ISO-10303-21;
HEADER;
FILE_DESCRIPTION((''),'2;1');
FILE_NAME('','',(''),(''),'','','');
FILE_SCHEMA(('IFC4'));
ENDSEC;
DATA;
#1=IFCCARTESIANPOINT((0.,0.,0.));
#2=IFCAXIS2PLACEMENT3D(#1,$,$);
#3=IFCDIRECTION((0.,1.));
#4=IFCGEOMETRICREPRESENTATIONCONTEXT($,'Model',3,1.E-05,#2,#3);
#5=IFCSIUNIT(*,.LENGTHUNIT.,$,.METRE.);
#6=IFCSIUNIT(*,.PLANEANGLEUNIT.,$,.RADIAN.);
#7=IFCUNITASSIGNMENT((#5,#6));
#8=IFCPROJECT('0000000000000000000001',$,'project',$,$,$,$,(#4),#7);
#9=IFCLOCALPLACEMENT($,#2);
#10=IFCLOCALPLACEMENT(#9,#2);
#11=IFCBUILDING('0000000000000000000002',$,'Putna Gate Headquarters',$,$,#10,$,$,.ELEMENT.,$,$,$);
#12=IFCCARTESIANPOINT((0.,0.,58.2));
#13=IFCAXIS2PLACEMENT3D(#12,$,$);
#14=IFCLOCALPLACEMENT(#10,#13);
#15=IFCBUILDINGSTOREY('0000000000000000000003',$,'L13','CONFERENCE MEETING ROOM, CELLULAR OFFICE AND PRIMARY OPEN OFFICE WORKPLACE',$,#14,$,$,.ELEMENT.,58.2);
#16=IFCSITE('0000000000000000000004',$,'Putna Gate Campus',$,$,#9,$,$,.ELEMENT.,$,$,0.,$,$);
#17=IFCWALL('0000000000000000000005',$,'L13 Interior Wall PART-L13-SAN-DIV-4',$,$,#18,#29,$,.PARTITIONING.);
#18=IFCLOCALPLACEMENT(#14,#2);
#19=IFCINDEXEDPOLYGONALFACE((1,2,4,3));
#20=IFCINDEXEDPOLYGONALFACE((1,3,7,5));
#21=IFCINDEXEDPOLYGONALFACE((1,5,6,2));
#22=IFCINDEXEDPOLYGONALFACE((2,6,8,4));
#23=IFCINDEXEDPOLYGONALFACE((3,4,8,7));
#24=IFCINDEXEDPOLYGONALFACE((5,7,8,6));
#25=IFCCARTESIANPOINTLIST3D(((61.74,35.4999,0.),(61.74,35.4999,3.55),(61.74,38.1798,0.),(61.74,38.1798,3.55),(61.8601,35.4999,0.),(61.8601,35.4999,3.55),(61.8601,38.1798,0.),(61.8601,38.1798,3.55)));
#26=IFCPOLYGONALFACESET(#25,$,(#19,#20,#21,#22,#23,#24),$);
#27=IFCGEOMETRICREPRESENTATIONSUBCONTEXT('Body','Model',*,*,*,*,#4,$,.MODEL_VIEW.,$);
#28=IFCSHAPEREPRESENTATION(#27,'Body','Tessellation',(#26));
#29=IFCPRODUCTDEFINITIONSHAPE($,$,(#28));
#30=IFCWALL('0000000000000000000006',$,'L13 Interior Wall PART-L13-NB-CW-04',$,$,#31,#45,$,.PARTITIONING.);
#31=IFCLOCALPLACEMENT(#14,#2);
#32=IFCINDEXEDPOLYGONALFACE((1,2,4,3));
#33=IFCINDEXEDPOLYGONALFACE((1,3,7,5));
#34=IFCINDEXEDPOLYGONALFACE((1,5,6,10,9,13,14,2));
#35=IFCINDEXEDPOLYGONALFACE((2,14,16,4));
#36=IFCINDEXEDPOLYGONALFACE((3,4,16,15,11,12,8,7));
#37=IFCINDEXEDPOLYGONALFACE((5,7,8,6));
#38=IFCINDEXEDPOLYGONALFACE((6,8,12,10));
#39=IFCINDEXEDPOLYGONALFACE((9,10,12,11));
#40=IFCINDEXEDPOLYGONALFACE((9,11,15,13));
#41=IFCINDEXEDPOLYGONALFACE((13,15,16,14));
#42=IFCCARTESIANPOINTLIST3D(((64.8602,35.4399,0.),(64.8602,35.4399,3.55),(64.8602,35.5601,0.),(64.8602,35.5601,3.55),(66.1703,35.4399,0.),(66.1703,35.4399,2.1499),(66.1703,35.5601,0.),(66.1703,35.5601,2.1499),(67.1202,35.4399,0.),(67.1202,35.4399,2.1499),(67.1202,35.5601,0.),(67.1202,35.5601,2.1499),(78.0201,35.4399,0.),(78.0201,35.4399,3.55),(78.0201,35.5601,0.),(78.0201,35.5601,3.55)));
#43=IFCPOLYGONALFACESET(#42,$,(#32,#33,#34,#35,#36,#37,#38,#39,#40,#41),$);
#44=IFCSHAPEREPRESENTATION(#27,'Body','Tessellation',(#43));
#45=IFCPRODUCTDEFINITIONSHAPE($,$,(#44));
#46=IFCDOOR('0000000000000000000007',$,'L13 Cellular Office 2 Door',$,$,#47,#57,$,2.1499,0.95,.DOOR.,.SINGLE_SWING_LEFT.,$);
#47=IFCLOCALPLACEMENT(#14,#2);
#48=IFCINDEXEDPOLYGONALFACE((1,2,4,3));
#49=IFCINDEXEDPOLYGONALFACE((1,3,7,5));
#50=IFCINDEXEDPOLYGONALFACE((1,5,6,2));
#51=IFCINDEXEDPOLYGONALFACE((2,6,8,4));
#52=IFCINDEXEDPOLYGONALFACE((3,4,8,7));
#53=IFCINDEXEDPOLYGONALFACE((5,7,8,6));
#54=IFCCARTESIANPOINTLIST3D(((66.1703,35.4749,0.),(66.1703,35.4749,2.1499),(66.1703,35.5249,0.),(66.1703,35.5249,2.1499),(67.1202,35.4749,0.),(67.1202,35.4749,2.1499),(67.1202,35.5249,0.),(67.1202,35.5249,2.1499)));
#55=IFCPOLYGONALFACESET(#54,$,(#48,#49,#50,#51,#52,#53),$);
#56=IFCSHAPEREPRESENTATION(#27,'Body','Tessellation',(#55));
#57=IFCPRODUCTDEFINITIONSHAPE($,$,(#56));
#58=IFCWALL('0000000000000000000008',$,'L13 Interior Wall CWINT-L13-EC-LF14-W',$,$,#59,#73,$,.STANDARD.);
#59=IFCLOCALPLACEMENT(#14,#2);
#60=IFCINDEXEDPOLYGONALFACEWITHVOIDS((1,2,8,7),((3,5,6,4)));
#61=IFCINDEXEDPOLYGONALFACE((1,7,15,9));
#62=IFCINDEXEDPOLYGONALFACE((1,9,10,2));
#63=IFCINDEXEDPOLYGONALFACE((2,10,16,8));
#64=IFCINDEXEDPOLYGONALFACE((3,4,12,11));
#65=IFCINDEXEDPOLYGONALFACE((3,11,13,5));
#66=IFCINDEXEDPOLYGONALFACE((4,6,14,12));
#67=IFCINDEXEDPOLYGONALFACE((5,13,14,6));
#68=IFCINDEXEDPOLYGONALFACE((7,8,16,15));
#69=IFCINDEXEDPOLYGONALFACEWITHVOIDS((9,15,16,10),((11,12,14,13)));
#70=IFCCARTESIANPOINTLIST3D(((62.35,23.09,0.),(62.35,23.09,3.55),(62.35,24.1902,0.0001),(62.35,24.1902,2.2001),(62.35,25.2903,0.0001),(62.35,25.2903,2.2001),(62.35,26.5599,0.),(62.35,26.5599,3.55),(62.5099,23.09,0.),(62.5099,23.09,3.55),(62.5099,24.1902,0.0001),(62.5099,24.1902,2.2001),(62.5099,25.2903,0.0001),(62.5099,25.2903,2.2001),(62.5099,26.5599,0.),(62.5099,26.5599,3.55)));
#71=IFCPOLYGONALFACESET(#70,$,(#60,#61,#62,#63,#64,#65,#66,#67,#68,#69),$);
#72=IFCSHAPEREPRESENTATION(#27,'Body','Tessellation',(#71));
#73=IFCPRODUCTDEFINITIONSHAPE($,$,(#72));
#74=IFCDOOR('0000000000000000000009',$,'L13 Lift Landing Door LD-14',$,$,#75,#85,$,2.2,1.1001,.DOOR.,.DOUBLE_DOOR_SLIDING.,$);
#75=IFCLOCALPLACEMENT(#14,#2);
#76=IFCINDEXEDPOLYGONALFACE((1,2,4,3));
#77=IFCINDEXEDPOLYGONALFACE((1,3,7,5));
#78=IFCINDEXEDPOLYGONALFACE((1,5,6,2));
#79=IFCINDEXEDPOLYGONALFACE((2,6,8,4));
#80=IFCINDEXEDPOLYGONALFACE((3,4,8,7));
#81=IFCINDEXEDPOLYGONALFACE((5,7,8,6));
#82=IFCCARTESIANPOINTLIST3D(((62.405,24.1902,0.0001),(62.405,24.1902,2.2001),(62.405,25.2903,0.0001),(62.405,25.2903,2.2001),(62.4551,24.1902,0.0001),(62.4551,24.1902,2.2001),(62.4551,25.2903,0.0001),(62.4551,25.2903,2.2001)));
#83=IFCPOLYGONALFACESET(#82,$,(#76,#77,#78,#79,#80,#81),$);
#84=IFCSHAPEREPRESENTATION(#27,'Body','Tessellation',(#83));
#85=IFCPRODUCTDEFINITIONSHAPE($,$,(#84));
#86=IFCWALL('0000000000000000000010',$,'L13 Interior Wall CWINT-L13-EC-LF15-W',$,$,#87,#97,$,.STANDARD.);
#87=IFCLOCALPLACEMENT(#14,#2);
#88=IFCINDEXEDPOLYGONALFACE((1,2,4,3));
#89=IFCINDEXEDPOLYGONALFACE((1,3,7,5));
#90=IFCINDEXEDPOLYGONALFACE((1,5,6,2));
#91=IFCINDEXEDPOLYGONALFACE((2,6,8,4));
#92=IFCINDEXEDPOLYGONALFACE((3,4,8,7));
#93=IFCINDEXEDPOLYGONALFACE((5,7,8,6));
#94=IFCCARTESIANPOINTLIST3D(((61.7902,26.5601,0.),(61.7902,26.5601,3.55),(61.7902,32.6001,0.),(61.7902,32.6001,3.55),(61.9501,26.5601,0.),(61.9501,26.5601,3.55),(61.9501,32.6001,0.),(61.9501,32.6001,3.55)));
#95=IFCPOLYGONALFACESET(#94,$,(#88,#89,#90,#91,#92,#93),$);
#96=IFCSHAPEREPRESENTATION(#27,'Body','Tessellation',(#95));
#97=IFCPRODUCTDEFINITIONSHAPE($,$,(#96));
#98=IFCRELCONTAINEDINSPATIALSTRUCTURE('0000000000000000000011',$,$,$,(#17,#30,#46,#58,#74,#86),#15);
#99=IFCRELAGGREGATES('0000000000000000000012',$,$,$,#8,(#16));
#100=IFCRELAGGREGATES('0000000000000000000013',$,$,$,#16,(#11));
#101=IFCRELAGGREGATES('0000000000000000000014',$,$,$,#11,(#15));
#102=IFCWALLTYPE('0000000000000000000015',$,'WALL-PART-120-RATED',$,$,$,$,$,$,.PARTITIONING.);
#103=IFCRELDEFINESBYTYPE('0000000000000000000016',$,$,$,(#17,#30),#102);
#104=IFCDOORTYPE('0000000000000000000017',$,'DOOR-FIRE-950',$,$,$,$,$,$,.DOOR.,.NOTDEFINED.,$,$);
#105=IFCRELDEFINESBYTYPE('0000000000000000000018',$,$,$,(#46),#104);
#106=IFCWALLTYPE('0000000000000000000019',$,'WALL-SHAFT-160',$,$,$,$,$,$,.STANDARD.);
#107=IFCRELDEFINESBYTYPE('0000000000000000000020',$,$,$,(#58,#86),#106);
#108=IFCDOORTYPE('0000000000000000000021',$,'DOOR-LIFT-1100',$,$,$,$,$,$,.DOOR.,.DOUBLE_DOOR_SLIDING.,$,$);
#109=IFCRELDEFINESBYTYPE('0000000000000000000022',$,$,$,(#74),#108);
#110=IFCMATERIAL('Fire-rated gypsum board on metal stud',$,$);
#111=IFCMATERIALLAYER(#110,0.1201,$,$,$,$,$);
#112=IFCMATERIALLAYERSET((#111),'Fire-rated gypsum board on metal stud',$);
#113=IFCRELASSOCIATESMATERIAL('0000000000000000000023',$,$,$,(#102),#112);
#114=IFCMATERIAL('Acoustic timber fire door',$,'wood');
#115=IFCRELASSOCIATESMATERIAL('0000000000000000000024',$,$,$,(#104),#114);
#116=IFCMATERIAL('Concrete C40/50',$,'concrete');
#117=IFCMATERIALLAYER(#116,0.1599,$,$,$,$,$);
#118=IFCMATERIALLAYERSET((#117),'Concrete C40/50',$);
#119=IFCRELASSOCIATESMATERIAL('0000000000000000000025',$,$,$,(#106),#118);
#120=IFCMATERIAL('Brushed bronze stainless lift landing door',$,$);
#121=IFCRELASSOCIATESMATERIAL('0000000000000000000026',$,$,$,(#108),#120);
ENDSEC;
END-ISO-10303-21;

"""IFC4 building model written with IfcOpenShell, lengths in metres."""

from ifc_helpers import new_model, si_unit, direction, frame, frame_2d, origin, place, context, subcontext, project, spatial, rectangle, extrude, material, layer, layer_set, type_object, element, fill, save


model = new_model("IFC4")

# Units and contexts
model_context = context("Model", 3, precision=1e-05, world=origin(), true_north=direction((0.0, 1.0)))
body_context = subcontext(model_context, "Body", "Model", "MODEL_VIEW")
ifc_project = project(units=[si_unit("LENGTHUNIT", "METRE"), si_unit("PLANEANGLEUNIT", "RADIAN")], contexts=[model_context])

# Site, building, storey
site_placement = place(None, origin())
site = spatial("IfcSite", under=ifc_project, at=site_placement, Name="Putna Gate Campus", CompositionType="ELEMENT", RefElevation=0.0)
building_placement = place(site_placement, origin())
building = spatial("IfcBuilding", under=site, at=building_placement, Name="Putna Gate Headquarters", CompositionType="ELEMENT")
storey_placement = place(building_placement, frame((0.0, 0.0, 58.2)))
storey = spatial("IfcBuildingStorey", under=building, at=storey_placement, Name="L13", Description="CONFERENCE MEETING ROOM, CELLULAR OFFICE AND PRIMARY OPEN OFFICE WORKPLACE", CompositionType="ELEMENT", Elevation=58.2)

# Wall
ifc_material_1 = material(Name="Fire-rated gypsum board on metal stud")
ifc_layer_1 = layer(ifc_material_1, 0.1201)
ifc_layer_set_1 = layer_set([ifc_layer_1], Name="Fire-rated gypsum board on metal stud")
wall_type_1 = type_object("IfcWallType", Name="WALL-PART-120-RATED", PredefinedType="PARTITIONING", material=ifc_layer_set_1)
for number, where, z_axis, x_axis, name in (
    (1, (61.8, 35.5, 0.0), (0.0, 0.0, 1.0), (0.0, 1.0, 0.0), "L13 Interior Wall PART-L13-SAN-DIV-4"),
):
    element("IfcWall", number, at=place(storey_placement, frame(where, z_axis=z_axis, x_axis=x_axis)), inside=storey, type_object=wall_type_1, Name=name, PredefinedType="PARTITIONING", context=body_context, shape_type="SweptSolid", body=[
        extrude(rectangle(XDim=2.6799, YDim=0.1201, at=frame_2d((1.3398, 0.0))), origin(), (0.0, 0.0, 1.0), 3.55),
    ])

# Walls, openings, doors
wall_1_placement = place(storey_placement, frame((64.8601, 35.5, 0.0), z_axis=(0.0, 0.0, 1.0), x_axis=(1.0, 0.0, 0.0)))
wall_1 = element("IfcWall", 2, at=wall_1_placement, inside=storey, type_object=wall_type_1, Name="L13 Interior Wall PART-L13-NB-CW-04", PredefinedType="PARTITIONING", context=body_context, shape_type="SweptSolid", body=[
    extrude(rectangle(XDim=13.1599, YDim=0.1201, at=frame_2d((6.5801, 0.0))), origin(), (0.0, 0.0, 1.0), 3.55),
])
opening_1_placement = place(wall_1_placement, frame((1.3101, 0.0, 0.0)))
opening_1 = element("IfcOpeningElement", 3, at=opening_1_placement, cuts=wall_1, PredefinedType="OPENING", context=body_context, shape_type="SweptSolid", body=[
    extrude(rectangle(XDim=0.95, YDim=2.1499, at=frame_2d((0.4751, 1.075))), frame((0.0, 0.0701, 0.0), z_axis=(0.0, -1.0, 0.0), x_axis=(1.0, 0.0, 0.0)), (0.0, 0.0, 1.0), 0.1401),
])
ifc_material_2 = material(Name="Acoustic timber fire door", Category="wood")
door_type_1 = type_object("IfcDoorType", Name="DOOR-FIRE-950", OperationType="NOTDEFINED", PredefinedType="DOOR", material=ifc_material_2)
door_1_placement = place(opening_1_placement, origin())
door_1 = element("IfcDoor", 4, at=door_1_placement, inside=storey, type_object=door_type_1, Name="L13 Cellular Office 2 Door", OperationType="SINGLE_SWING_LEFT", OverallHeight=2.1499, OverallWidth=0.95, PredefinedType="DOOR", context=body_context, shape_type="SweptSolid", body=[
    extrude(rectangle(XDim=0.95, YDim=2.1499, at=frame_2d((0.4751, 1.075))), frame((0.0, 0.0249, 0.0), z_axis=(0.0, -1.0, 0.0), x_axis=(1.0, 0.0, 0.0)), (0.0, 0.0, 1.0), 0.05),
])
fill(opening_1, door_1)
ifc_material_3 = material(Name="Concrete C40/50", Category="concrete")
ifc_layer_2 = layer(ifc_material_3, 0.1599)
ifc_layer_set_2 = layer_set([ifc_layer_2], Name="Concrete C40/50")
wall_type_2 = type_object("IfcWallType", Name="WALL-SHAFT-160", PredefinedType="STANDARD", material=ifc_layer_set_2)
wall_2_placement = place(storey_placement, frame((62.4299, 23.0901, 0.0), z_axis=(0.0, 0.0, 1.0), x_axis=(0.0, 1.0, 0.0)))
wall_2 = element("IfcWall", 5, at=wall_2_placement, inside=storey, type_object=wall_type_2, Name="L13 Interior Wall CWINT-L13-EC-LF14-W", PredefinedType="STANDARD", context=body_context, shape_type="SweptSolid", body=[
    extrude(rectangle(XDim=3.47, YDim=0.1599, at=frame_2d((1.7349, 0.0))), origin(), (0.0, 0.0, 1.0), 3.55),
])
opening_2_placement = place(wall_2_placement, frame((1.1001, 0.0, 0.0)))
opening_2 = element("IfcOpeningElement", 6, at=opening_2_placement, cuts=wall_2, PredefinedType="OPENING", context=body_context, shape_type="SweptSolid", body=[
    extrude(rectangle(XDim=1.1001, YDim=2.2, at=frame_2d((0.55, 1.1001))), frame((0.0, 0.0898, 0.0), z_axis=(0.0, -1.0, 0.0), x_axis=(1.0, 0.0, 0.0)), (0.0, 0.0, 1.0), 0.1799),
])
ifc_material_4 = material(Name="Brushed bronze stainless lift landing door")
door_type_2 = type_object("IfcDoorType", Name="DOOR-LIFT-1100", OperationType="DOUBLE_DOOR_SLIDING", PredefinedType="DOOR", material=ifc_material_4)
door_2_placement = place(opening_2_placement, origin())
door_2 = element("IfcDoor", 7, at=door_2_placement, inside=storey, type_object=door_type_2, Name="L13 Lift Landing Door LD-14", OperationType="DOUBLE_DOOR_SLIDING", OverallHeight=2.2, OverallWidth=1.1001, PredefinedType="DOOR", context=body_context, shape_type="SweptSolid", body=[
    extrude(rectangle(XDim=1.1001, YDim=2.2, at=frame_2d((0.55, 1.1001))), frame((0.0, 0.0249, 0.0), z_axis=(0.0, -1.0, 0.0), x_axis=(1.0, 0.0, 0.0)), (0.0, 0.0, 1.0), 0.05),
])
fill(opening_2, door_2)

# Wall
wall_3_placement = place(storey_placement, frame((61.8701, 26.5601, 0.0), z_axis=(0.0, 0.0, 1.0), x_axis=(0.0, 1.0, 0.0)))
element("IfcWall", 8, at=wall_3_placement, inside=storey, type_object=wall_type_2, Name="L13 Interior Wall CWINT-L13-EC-LF15-W", PredefinedType="STANDARD", context=body_context, shape_type="SweptSolid", body=[
    extrude(rectangle(XDim=6.04, YDim=0.1599, at=frame_2d((3.02, 0.0))), origin(), (0.0, 0.0, 1.0), 3.55),
])

save(model, "model.ifc")
